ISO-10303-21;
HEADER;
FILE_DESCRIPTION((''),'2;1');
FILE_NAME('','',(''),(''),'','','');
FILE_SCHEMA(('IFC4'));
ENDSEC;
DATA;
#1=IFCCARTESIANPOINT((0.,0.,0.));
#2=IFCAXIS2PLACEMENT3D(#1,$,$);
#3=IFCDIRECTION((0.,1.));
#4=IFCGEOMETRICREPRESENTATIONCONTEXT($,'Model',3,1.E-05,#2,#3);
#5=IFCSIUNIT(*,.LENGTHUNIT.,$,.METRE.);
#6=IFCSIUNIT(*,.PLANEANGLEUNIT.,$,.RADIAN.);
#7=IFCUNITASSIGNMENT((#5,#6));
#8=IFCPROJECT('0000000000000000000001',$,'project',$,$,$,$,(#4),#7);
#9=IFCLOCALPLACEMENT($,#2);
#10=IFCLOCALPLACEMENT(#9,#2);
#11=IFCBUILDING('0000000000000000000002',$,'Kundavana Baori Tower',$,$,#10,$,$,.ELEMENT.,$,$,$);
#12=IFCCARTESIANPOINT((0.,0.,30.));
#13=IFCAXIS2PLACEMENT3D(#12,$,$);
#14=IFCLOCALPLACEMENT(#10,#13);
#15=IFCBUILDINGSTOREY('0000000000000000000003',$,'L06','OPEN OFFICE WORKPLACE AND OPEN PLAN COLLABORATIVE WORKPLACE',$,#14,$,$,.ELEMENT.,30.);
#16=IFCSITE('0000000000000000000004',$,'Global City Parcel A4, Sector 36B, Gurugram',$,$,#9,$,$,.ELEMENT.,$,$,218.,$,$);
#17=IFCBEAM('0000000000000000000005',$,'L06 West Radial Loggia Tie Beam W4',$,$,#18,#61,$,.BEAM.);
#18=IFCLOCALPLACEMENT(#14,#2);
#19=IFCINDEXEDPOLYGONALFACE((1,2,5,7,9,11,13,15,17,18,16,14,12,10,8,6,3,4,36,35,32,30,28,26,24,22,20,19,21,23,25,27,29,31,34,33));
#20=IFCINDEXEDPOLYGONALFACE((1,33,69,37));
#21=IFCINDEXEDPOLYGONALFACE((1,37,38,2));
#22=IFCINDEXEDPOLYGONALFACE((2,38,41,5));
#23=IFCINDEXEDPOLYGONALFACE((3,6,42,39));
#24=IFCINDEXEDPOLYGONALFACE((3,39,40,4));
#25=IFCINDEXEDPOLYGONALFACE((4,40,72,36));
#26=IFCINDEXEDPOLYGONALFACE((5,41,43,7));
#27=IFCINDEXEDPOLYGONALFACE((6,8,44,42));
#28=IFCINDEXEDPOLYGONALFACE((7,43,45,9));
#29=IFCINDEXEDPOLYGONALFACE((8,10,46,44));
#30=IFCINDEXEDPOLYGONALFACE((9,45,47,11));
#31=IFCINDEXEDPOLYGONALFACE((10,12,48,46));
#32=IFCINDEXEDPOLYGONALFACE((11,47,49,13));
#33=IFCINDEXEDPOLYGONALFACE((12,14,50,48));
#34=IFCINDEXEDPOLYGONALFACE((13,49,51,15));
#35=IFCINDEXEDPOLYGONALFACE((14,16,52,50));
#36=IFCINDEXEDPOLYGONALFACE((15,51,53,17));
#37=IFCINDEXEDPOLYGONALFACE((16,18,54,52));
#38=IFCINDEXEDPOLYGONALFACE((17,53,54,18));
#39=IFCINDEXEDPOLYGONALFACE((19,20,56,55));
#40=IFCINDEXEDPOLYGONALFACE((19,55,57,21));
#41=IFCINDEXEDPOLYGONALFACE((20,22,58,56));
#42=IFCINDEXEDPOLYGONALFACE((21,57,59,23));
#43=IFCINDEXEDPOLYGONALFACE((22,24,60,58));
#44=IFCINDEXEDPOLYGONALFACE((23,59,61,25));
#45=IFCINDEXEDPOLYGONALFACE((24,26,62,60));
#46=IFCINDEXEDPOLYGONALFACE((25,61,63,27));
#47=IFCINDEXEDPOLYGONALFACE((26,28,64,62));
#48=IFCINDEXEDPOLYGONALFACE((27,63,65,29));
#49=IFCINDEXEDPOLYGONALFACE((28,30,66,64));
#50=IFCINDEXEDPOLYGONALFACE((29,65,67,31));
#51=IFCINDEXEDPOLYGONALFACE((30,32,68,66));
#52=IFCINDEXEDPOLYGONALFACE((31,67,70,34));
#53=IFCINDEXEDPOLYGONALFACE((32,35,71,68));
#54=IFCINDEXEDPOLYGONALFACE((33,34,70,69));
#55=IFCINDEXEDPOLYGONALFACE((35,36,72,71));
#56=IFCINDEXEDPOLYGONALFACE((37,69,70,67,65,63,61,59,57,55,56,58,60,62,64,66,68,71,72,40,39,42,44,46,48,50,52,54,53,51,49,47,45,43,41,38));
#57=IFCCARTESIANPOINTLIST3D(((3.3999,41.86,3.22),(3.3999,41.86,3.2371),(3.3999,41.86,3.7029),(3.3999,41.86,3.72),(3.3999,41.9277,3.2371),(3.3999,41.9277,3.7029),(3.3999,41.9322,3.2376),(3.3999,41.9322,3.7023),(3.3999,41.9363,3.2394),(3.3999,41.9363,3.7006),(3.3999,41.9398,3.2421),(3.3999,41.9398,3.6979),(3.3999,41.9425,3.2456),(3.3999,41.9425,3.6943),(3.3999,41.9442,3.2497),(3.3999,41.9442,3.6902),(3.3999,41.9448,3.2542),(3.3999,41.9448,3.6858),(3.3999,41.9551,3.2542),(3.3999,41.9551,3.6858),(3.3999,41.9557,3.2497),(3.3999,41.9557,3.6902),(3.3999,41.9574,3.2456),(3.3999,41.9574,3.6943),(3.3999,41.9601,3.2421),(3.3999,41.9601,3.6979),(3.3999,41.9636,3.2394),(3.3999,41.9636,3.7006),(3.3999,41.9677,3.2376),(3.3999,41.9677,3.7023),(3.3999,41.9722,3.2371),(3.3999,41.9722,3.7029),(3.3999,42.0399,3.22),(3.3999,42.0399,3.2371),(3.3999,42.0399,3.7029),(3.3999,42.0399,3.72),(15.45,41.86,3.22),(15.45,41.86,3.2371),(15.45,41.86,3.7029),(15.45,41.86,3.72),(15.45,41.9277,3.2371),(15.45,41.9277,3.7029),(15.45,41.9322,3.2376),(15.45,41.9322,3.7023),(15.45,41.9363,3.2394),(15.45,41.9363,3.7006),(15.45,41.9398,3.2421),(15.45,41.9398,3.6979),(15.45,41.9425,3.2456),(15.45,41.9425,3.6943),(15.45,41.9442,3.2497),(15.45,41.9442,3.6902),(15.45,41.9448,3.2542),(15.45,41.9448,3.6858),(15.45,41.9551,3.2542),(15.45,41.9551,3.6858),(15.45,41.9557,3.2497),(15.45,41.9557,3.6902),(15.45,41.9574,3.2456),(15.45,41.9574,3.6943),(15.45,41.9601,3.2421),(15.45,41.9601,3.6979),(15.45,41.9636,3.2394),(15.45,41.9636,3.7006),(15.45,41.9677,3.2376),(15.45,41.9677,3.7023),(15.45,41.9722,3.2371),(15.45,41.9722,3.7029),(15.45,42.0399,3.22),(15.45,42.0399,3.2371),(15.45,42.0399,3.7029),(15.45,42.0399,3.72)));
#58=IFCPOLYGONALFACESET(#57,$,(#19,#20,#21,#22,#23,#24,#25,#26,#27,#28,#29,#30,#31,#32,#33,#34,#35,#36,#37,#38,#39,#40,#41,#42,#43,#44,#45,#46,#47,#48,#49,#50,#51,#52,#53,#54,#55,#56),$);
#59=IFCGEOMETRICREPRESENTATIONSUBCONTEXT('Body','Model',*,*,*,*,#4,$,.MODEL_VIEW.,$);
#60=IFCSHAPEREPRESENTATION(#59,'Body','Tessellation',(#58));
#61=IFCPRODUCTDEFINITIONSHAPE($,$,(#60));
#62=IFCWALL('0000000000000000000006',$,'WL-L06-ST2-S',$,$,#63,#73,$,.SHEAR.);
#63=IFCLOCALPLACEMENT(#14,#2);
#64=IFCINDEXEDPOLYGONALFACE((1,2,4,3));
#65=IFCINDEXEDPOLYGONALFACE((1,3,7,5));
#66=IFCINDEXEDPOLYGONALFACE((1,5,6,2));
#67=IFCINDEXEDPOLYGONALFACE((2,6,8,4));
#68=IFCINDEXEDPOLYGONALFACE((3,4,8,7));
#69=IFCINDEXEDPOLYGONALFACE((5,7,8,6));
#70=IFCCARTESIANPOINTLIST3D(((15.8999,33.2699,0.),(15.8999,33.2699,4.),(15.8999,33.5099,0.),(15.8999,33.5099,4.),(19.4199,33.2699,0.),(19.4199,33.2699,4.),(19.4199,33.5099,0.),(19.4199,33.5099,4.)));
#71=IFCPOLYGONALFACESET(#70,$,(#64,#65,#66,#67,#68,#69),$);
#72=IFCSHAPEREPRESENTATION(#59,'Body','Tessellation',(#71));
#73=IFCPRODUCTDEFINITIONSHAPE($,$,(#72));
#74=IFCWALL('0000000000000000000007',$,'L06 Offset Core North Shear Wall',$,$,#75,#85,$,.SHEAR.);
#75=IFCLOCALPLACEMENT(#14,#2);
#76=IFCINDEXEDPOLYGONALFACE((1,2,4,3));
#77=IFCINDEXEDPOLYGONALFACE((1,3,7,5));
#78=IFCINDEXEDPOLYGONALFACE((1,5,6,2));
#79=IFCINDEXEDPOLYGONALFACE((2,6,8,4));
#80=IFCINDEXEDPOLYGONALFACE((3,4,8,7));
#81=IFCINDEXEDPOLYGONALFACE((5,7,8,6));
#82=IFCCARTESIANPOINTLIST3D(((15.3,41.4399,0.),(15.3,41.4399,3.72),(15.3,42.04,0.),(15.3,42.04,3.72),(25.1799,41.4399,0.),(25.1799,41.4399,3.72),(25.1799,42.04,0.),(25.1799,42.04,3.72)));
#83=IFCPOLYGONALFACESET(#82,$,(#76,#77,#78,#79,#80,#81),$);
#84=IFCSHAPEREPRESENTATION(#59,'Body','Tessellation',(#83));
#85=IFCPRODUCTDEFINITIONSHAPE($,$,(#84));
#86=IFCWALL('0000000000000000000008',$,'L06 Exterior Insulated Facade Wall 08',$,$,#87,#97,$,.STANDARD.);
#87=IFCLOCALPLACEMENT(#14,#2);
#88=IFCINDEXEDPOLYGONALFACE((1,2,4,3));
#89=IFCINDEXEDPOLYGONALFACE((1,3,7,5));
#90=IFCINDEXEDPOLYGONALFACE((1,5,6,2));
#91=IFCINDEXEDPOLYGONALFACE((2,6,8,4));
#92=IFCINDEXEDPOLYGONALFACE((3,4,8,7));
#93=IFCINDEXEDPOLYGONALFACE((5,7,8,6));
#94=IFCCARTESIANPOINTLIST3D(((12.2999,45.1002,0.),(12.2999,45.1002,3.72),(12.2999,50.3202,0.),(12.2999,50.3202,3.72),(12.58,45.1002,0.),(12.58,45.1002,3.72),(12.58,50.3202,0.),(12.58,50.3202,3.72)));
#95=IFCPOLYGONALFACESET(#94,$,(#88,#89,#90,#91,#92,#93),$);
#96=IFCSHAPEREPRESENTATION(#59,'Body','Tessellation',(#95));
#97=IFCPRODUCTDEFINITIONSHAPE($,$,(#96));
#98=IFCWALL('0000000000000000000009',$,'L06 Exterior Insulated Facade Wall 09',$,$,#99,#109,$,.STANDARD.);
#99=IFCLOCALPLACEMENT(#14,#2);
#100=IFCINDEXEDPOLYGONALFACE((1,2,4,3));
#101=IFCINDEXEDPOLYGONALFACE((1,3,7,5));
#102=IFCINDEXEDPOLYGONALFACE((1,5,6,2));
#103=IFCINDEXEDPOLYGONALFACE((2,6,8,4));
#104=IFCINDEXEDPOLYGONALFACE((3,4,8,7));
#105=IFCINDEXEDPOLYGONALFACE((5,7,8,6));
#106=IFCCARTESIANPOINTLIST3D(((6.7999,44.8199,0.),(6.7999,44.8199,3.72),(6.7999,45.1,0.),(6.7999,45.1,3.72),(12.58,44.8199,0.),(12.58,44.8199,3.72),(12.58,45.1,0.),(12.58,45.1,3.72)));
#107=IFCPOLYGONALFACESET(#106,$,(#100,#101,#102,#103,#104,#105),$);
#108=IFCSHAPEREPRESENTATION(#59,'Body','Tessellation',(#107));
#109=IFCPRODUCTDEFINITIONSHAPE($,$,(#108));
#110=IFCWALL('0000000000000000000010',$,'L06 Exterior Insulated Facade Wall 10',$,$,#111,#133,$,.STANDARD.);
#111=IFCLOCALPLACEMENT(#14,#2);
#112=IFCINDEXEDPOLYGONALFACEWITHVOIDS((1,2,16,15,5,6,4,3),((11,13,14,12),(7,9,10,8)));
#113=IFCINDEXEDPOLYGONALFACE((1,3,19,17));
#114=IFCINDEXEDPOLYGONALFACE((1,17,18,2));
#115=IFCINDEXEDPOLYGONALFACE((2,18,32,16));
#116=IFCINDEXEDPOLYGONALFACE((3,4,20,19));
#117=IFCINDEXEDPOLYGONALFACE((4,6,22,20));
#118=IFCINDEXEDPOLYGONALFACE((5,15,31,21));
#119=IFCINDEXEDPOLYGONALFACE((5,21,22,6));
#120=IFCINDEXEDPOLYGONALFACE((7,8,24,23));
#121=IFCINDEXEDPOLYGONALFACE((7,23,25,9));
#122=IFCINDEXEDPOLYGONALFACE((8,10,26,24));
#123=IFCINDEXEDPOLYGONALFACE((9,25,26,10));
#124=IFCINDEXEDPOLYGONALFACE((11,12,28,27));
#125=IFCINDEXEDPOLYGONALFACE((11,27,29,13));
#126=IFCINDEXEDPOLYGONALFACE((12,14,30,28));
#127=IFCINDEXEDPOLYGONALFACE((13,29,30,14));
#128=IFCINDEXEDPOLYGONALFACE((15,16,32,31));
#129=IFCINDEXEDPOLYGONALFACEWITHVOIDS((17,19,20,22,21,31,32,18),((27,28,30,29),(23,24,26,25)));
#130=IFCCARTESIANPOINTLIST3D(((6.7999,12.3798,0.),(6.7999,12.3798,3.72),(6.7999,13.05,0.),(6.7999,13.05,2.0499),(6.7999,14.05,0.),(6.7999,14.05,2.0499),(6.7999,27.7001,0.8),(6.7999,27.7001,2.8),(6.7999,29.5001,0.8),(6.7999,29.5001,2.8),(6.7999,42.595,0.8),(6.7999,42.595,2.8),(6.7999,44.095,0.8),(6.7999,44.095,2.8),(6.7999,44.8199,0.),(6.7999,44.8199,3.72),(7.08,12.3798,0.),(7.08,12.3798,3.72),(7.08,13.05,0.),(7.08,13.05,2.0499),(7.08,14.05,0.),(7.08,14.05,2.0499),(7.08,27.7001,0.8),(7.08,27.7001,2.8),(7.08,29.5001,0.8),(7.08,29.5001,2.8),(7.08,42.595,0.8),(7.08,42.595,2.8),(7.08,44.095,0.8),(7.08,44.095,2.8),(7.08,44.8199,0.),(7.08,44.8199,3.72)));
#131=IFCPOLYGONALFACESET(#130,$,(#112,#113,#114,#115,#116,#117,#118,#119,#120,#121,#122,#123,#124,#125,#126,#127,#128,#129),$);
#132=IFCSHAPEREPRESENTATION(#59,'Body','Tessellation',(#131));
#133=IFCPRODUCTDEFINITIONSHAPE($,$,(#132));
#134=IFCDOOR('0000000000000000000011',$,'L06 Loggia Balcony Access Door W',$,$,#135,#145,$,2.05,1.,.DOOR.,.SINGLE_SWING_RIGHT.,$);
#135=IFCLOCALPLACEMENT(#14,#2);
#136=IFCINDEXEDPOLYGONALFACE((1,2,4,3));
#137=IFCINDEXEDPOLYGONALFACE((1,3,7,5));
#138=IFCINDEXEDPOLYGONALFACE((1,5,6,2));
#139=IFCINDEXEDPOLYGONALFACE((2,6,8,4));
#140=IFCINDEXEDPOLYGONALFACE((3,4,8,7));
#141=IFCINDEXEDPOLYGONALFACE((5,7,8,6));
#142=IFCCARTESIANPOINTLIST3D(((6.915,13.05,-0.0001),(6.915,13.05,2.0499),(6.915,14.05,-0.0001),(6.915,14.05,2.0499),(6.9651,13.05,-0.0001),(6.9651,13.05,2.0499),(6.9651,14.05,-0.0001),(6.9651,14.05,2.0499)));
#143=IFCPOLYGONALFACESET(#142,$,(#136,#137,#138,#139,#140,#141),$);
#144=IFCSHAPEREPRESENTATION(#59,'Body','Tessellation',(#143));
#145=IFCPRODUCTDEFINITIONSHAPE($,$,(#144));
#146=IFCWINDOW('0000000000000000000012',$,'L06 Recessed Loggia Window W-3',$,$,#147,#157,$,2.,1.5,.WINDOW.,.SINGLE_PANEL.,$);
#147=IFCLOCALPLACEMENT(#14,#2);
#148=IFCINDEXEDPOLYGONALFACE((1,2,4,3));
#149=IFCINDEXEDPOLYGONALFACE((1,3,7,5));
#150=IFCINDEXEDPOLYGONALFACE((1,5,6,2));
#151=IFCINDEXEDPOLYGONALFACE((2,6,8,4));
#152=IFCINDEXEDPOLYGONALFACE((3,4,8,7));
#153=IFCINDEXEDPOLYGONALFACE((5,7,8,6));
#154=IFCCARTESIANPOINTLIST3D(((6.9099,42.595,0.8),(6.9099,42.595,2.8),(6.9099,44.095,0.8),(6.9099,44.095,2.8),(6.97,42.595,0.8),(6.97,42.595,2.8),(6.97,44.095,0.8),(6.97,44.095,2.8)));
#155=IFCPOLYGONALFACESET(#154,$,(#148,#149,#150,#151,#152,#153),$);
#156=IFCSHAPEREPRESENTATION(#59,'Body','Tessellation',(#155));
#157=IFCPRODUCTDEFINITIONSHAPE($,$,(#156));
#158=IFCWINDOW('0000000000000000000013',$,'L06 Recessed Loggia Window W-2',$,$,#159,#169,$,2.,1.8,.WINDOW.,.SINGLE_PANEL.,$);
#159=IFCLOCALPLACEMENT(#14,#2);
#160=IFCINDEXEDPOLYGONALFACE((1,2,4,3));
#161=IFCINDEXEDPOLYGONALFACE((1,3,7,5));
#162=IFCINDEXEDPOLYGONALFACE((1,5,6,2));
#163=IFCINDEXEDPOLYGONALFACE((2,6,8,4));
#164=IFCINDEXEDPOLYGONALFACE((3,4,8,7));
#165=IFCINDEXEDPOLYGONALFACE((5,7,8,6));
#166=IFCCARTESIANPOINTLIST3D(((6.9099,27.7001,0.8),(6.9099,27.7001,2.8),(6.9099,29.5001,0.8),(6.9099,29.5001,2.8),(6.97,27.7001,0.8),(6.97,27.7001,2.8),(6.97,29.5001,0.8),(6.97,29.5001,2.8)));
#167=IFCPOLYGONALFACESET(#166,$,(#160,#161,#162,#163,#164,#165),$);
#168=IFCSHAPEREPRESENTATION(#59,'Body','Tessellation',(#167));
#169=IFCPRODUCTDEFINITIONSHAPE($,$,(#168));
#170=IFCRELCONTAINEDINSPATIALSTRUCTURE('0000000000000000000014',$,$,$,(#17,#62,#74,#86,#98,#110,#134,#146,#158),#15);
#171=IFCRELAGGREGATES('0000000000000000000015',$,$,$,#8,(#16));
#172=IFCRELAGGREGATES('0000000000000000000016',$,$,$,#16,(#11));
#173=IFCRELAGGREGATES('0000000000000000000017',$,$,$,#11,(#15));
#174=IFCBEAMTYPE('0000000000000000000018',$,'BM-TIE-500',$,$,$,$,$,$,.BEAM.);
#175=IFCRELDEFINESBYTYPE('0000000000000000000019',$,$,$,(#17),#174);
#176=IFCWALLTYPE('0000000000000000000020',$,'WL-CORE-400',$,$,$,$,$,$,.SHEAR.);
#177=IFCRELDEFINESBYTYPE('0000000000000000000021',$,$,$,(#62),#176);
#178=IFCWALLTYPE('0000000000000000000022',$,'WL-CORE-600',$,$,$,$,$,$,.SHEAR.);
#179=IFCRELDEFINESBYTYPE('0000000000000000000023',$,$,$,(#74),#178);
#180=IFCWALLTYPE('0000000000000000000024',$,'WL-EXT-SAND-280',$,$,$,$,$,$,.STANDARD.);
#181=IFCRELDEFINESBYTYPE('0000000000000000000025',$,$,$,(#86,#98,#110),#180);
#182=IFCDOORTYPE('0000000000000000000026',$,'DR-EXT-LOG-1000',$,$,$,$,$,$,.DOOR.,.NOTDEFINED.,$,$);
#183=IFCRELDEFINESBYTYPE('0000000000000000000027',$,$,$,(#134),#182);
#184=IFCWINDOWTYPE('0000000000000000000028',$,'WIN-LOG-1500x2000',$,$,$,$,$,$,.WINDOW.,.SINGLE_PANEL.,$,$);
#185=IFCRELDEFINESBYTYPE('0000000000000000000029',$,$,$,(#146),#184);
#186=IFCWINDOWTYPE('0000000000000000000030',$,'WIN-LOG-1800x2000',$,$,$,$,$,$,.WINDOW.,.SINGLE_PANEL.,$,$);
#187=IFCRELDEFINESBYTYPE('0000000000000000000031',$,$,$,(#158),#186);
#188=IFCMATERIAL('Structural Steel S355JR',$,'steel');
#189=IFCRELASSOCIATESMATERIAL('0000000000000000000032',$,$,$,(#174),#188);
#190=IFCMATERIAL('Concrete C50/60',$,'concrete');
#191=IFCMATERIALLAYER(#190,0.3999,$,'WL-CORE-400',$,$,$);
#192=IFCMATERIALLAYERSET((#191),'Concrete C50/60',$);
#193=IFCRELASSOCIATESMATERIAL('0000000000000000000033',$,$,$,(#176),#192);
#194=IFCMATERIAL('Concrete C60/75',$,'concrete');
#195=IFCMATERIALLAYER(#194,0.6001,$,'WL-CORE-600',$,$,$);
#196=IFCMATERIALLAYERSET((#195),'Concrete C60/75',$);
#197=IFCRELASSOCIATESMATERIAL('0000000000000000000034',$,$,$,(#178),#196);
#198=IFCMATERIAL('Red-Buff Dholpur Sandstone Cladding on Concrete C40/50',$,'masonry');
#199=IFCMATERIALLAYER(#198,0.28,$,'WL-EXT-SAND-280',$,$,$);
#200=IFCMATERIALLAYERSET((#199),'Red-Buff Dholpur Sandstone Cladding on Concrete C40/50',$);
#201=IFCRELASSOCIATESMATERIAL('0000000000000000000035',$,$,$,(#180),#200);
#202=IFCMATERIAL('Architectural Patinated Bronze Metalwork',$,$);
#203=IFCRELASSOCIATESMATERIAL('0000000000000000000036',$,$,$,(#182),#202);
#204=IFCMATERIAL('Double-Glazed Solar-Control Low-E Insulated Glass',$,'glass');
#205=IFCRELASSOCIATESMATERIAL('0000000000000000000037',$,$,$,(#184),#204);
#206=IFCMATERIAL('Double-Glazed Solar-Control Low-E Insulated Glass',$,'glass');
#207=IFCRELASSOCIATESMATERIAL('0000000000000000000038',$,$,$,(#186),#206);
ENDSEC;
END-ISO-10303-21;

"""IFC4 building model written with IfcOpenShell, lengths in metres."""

from ifc_helpers import new_model, si_unit, direction, frame, frame_2d, origin, origin_2d, place, context, subcontext, project, spatial, rectangle, i_section, extrude, material, layer, layer_set, material_profile, profile_set, type_object, element, fill, save


model = new_model("IFC4")

# Units and contexts
model_context = context("Model", 3, precision=1e-05, world=origin(), true_north=direction((0.0, 1.0)))
body_context = subcontext(model_context, "Body", "Model", "MODEL_VIEW")
ifc_project = project(units=[si_unit("LENGTHUNIT", "METRE"), si_unit("PLANEANGLEUNIT", "RADIAN")], contexts=[model_context])

# Site, building, storey
site_placement = place(None, origin())
site = spatial("IfcSite", under=ifc_project, at=site_placement, Name="Global City Parcel A4, Sector 36B, Gurugram", CompositionType="ELEMENT", RefElevation=218.0)
building_placement = place(site_placement, origin())
building = spatial("IfcBuilding", under=site, at=building_placement, Name="Kundavana Baori Tower", CompositionType="ELEMENT")
storey_placement = place(building_placement, frame((0.0, 0.0, 30.0)))
storey = spatial("IfcBuildingStorey", under=building, at=storey_placement, Name="L06", Description="OPEN OFFICE WORKPLACE AND OPEN PLAN COLLABORATIVE WORKPLACE", CompositionType="ELEMENT", Elevation=30.0)

# Beam
ifc_material_1 = material(Name="Structural Steel S355JR", Category="steel")
ifc_material_profile_1 = material_profile(ifc_material_1, i_section(OverallWidth=0.1799, OverallDepth=0.5, WebThickness=0.0103, FlangeThickness=0.0171, FilletRadius=0.0171, at=origin_2d()), Name="ISMB 500")
ifc_profile_set_1 = profile_set([ifc_material_profile_1], Name="Structural Steel S355JR")
beam_type_1 = type_object("IfcBeamType", Name="BM-TIE-500", PredefinedType="BEAM", material=ifc_profile_set_1)
for number, where, z_axis, x_axis, name in (
    (1, (15.45, 41.95, 3.47), (-1.0, 0.0, 0.0), (0.0, -1.0, 0.0), "L06 West Radial Loggia Tie Beam W4"),
):
    element("IfcBeam", number, at=place(storey_placement, frame(where, z_axis=z_axis, x_axis=x_axis)), inside=storey, type_object=beam_type_1, Name=name, PredefinedType="BEAM", context=body_context, shape_type="SweptSolid", body=[
        extrude(i_section(OverallWidth=0.1799, OverallDepth=0.5, WebThickness=0.0103, FlangeThickness=0.0171, FilletRadius=0.0171, at=origin_2d()), origin(), (0.0, 0.0, 1.0), 12.05),
    ])

# Walls
ifc_material_2 = material(Name="Concrete C50/60", Category="concrete")
ifc_layer_1 = layer(ifc_material_2, 0.3999, Name="WL-CORE-400")
ifc_layer_set_1 = layer_set([ifc_layer_1], Name="Concrete C50/60")
wall_type_1 = type_object("IfcWallType", Name="WL-CORE-400", PredefinedType="SHEAR", material=ifc_layer_set_1)
wall_1_placement = place(storey_placement, frame((15.8999, 33.3899, 0.0), z_axis=(0.0, 0.0, 1.0), x_axis=(1.0, 0.0, 0.0)))
element("IfcWall", 2, at=wall_1_placement, inside=storey, type_object=wall_type_1, Name="WL-L06-ST2-S", PredefinedType="SHEAR", context=body_context, shape_type="SweptSolid", body=[
    extrude(rectangle(XDim=3.52, YDim=0.24, at=frame_2d((1.76, 0.0))), origin(), (0.0, 0.0, 1.0), 4.0),
])
ifc_material_3 = material(Name="Concrete C60/75", Category="concrete")
ifc_layer_2 = layer(ifc_material_3, 0.6001, Name="WL-CORE-600")
ifc_layer_set_2 = layer_set([ifc_layer_2], Name="Concrete C60/75")
wall_type_2 = type_object("IfcWallType", Name="WL-CORE-600", PredefinedType="SHEAR", material=ifc_layer_set_2)
wall_2_placement = place(storey_placement, frame((15.3, 41.74, 0.0), z_axis=(0.0, 0.0, 1.0), x_axis=(1.0, 0.0, 0.0)))
element("IfcWall", 3, at=wall_2_placement, inside=storey, type_object=wall_type_2, Name="L06 Offset Core North Shear Wall", PredefinedType="SHEAR", context=body_context, shape_type="SweptSolid", body=[
    extrude(rectangle(XDim=9.8799, YDim=0.6001, at=frame_2d((4.9399, 0.0))), origin(), (0.0, 0.0, 1.0), 3.72),
])
ifc_material_4 = material(Name="Red-Buff Dholpur Sandstone Cladding on Concrete C40/50", Category="masonry")
ifc_layer_3 = layer(ifc_material_4, 0.28, Name="WL-EXT-SAND-280")
ifc_layer_set_3 = layer_set([ifc_layer_3], Name="Red-Buff Dholpur Sandstone Cladding on Concrete C40/50")
wall_type_3 = type_object("IfcWallType", Name="WL-EXT-SAND-280", PredefinedType="STANDARD", material=ifc_layer_set_3)
wall_3_placement = place(storey_placement, frame((12.4399, 50.3201, 0.0), z_axis=(0.0, 0.0, 1.0), x_axis=(0.0, -1.0, 0.0)))
element("IfcWall", 4, at=wall_3_placement, inside=storey, type_object=wall_type_3, Name="L06 Exterior Insulated Facade Wall 08", PredefinedType="STANDARD", context=body_context, shape_type="SweptSolid", body=[
    extrude(rectangle(XDim=5.22, YDim=0.28, at=frame_2d((2.6099, 0.0))), origin(), (0.0, 0.0, 1.0), 3.72),
])
wall_4_placement = place(storey_placement, frame((12.5801, 44.96, 0.0), z_axis=(0.0, 0.0, 1.0), x_axis=(-1.0, 0.0, 0.0)))
element("IfcWall", 5, at=wall_4_placement, inside=storey, type_object=wall_type_3, Name="L06 Exterior Insulated Facade Wall 09", PredefinedType="STANDARD", context=body_context, shape_type="SweptSolid", body=[
    extrude(rectangle(XDim=5.78, YDim=0.28, at=frame_2d((2.8901, 0.0))), origin(), (0.0, 0.0, 1.0), 3.72),
])

# Wall, openings, door, windows
wall_5_placement = place(storey_placement, frame((6.9399, 44.8201, 0.0), z_axis=(0.0, 0.0, 1.0), x_axis=(0.0, -1.0, 0.0)))
wall_5 = element("IfcWall", 6, at=wall_5_placement, inside=storey, type_object=wall_type_3, Name="L06 Exterior Insulated Facade Wall 10", PredefinedType="STANDARD", context=body_context, shape_type="SweptSolid", body=[
    extrude(rectangle(XDim=32.4402, YDim=0.28, at=frame_2d((16.2202, 0.0))), origin(), (0.0, 0.0, 1.0), 3.72),
])
opening_1_placement = place(wall_5_placement, frame((30.77, 0.0, 0.0)))
opening_1 = element("IfcOpeningElement", 7, at=opening_1_placement, cuts=wall_5, PredefinedType="OPENING", context=body_context, shape_type="SweptSolid", body=[
    extrude(rectangle(XDim=1.0, YDim=2.05, at=frame_2d((0.5, 1.0249))), frame((0.0, 0.1499, 0.0), z_axis=(0.0, -1.0, 0.0), x_axis=(1.0, 0.0, 0.0)), (0.0, 0.0, 1.0), 0.3),
])
opening_2_placement = place(wall_5_placement, frame((15.3201, 0.0, 0.8)))
opening_2 = element("IfcOpeningElement", 8, at=opening_2_placement, cuts=wall_5, PredefinedType="OPENING", context=body_context, shape_type="SweptSolid", body=[
    extrude(rectangle(XDim=1.8, YDim=2.0, at=frame_2d((0.8999, 1.0))), frame((0.0, 0.1499, 0.0), z_axis=(0.0, -1.0, 0.0), x_axis=(1.0, 0.0, 0.0)), (0.0, 0.0, 1.0), 0.3),
])
opening_3_placement = place(wall_5_placement, frame((0.7251, 0.0, 0.8)))
opening_3 = element("IfcOpeningElement", 9, at=opening_3_placement, cuts=wall_5, PredefinedType="OPENING", context=body_context, shape_type="SweptSolid", body=[
    extrude(rectangle(XDim=1.5, YDim=2.0, at=frame_2d((0.75, 1.0))), frame((0.0, 0.1499, 0.0), z_axis=(0.0, -1.0, 0.0), x_axis=(1.0, 0.0, 0.0)), (0.0, 0.0, 1.0), 0.3),
])
ifc_material_5 = material(Name="Architectural Patinated Bronze Metalwork")
door_type_1 = type_object("IfcDoorType", Name="DR-EXT-LOG-1000", OperationType="NOTDEFINED", PredefinedType="DOOR", material=ifc_material_5)
door_1_placement = place(opening_1_placement, frame((1.0, 0.0, 0.0), z_axis=(0.0, 0.0, 1.0), x_axis=(-1.0, 0.0, 0.0)))
door_1 = element("IfcDoor", 10, at=door_1_placement, inside=storey, type_object=door_type_1, Name="L06 Loggia Balcony Access Door W", OperationType="SINGLE_SWING_RIGHT", OverallHeight=2.05, OverallWidth=1.0, PredefinedType="DOOR", context=body_context, shape_type="SweptSolid", body=[
    extrude(rectangle(XDim=1.0, YDim=2.05, at=frame_2d((0.5, 1.0249))), frame((0.0, 0.0249, 0.0), z_axis=(0.0, -1.0, 0.0), x_axis=(1.0, 0.0, 0.0)), (0.0, 0.0, 1.0), 0.05),
])
fill(opening_1, door_1)
ifc_material_6 = material(Name="Double-Glazed Solar-Control Low-E Insulated Glass", Category="glass")
window_type_1 = type_object("IfcWindowType", Name="WIN-LOG-1500x2000", PartitioningType="SINGLE_PANEL", PredefinedType="WINDOW", material=ifc_material_6)
window_1_placement = place(opening_3_placement, origin())
window_1 = element("IfcWindow", 11, at=window_1_placement, inside=storey, type_object=window_type_1, Name="L06 Recessed Loggia Window W-3", OverallHeight=2.0, OverallWidth=1.5, PartitioningType="SINGLE_PANEL", PredefinedType="WINDOW", context=body_context, shape_type="SweptSolid", body=[
    extrude(rectangle(XDim=1.5, YDim=2.0, at=frame_2d((0.75, 1.0))), frame((0.0, 0.03, 0.0), z_axis=(0.0, -1.0, 0.0), x_axis=(1.0, 0.0, 0.0)), (0.0, 0.0, 1.0), 0.0601),
])
fill(opening_3, window_1)
ifc_material_7 = material(Name="Double-Glazed Solar-Control Low-E Insulated Glass", Category="glass")
window_type_2 = type_object("IfcWindowType", Name="WIN-LOG-1800x2000", PartitioningType="SINGLE_PANEL", PredefinedType="WINDOW", material=ifc_material_7)
window_2_placement = place(opening_2_placement, origin())
window_2 = element("IfcWindow", 12, at=window_2_placement, inside=storey, type_object=window_type_2, Name="L06 Recessed Loggia Window W-2", OverallHeight=2.0, OverallWidth=1.8, PartitioningType="SINGLE_PANEL", PredefinedType="WINDOW", context=body_context, shape_type="SweptSolid", body=[
    extrude(rectangle(XDim=1.8, YDim=2.0, at=frame_2d((0.8999, 1.0))), frame((0.0, 0.03, 0.0), z_axis=(0.0, -1.0, 0.0), x_axis=(1.0, 0.0, 0.0)), (0.0, 0.0, 1.0), 0.0601),
])
fill(opening_2, window_2)

save(model, "model.ifc")
